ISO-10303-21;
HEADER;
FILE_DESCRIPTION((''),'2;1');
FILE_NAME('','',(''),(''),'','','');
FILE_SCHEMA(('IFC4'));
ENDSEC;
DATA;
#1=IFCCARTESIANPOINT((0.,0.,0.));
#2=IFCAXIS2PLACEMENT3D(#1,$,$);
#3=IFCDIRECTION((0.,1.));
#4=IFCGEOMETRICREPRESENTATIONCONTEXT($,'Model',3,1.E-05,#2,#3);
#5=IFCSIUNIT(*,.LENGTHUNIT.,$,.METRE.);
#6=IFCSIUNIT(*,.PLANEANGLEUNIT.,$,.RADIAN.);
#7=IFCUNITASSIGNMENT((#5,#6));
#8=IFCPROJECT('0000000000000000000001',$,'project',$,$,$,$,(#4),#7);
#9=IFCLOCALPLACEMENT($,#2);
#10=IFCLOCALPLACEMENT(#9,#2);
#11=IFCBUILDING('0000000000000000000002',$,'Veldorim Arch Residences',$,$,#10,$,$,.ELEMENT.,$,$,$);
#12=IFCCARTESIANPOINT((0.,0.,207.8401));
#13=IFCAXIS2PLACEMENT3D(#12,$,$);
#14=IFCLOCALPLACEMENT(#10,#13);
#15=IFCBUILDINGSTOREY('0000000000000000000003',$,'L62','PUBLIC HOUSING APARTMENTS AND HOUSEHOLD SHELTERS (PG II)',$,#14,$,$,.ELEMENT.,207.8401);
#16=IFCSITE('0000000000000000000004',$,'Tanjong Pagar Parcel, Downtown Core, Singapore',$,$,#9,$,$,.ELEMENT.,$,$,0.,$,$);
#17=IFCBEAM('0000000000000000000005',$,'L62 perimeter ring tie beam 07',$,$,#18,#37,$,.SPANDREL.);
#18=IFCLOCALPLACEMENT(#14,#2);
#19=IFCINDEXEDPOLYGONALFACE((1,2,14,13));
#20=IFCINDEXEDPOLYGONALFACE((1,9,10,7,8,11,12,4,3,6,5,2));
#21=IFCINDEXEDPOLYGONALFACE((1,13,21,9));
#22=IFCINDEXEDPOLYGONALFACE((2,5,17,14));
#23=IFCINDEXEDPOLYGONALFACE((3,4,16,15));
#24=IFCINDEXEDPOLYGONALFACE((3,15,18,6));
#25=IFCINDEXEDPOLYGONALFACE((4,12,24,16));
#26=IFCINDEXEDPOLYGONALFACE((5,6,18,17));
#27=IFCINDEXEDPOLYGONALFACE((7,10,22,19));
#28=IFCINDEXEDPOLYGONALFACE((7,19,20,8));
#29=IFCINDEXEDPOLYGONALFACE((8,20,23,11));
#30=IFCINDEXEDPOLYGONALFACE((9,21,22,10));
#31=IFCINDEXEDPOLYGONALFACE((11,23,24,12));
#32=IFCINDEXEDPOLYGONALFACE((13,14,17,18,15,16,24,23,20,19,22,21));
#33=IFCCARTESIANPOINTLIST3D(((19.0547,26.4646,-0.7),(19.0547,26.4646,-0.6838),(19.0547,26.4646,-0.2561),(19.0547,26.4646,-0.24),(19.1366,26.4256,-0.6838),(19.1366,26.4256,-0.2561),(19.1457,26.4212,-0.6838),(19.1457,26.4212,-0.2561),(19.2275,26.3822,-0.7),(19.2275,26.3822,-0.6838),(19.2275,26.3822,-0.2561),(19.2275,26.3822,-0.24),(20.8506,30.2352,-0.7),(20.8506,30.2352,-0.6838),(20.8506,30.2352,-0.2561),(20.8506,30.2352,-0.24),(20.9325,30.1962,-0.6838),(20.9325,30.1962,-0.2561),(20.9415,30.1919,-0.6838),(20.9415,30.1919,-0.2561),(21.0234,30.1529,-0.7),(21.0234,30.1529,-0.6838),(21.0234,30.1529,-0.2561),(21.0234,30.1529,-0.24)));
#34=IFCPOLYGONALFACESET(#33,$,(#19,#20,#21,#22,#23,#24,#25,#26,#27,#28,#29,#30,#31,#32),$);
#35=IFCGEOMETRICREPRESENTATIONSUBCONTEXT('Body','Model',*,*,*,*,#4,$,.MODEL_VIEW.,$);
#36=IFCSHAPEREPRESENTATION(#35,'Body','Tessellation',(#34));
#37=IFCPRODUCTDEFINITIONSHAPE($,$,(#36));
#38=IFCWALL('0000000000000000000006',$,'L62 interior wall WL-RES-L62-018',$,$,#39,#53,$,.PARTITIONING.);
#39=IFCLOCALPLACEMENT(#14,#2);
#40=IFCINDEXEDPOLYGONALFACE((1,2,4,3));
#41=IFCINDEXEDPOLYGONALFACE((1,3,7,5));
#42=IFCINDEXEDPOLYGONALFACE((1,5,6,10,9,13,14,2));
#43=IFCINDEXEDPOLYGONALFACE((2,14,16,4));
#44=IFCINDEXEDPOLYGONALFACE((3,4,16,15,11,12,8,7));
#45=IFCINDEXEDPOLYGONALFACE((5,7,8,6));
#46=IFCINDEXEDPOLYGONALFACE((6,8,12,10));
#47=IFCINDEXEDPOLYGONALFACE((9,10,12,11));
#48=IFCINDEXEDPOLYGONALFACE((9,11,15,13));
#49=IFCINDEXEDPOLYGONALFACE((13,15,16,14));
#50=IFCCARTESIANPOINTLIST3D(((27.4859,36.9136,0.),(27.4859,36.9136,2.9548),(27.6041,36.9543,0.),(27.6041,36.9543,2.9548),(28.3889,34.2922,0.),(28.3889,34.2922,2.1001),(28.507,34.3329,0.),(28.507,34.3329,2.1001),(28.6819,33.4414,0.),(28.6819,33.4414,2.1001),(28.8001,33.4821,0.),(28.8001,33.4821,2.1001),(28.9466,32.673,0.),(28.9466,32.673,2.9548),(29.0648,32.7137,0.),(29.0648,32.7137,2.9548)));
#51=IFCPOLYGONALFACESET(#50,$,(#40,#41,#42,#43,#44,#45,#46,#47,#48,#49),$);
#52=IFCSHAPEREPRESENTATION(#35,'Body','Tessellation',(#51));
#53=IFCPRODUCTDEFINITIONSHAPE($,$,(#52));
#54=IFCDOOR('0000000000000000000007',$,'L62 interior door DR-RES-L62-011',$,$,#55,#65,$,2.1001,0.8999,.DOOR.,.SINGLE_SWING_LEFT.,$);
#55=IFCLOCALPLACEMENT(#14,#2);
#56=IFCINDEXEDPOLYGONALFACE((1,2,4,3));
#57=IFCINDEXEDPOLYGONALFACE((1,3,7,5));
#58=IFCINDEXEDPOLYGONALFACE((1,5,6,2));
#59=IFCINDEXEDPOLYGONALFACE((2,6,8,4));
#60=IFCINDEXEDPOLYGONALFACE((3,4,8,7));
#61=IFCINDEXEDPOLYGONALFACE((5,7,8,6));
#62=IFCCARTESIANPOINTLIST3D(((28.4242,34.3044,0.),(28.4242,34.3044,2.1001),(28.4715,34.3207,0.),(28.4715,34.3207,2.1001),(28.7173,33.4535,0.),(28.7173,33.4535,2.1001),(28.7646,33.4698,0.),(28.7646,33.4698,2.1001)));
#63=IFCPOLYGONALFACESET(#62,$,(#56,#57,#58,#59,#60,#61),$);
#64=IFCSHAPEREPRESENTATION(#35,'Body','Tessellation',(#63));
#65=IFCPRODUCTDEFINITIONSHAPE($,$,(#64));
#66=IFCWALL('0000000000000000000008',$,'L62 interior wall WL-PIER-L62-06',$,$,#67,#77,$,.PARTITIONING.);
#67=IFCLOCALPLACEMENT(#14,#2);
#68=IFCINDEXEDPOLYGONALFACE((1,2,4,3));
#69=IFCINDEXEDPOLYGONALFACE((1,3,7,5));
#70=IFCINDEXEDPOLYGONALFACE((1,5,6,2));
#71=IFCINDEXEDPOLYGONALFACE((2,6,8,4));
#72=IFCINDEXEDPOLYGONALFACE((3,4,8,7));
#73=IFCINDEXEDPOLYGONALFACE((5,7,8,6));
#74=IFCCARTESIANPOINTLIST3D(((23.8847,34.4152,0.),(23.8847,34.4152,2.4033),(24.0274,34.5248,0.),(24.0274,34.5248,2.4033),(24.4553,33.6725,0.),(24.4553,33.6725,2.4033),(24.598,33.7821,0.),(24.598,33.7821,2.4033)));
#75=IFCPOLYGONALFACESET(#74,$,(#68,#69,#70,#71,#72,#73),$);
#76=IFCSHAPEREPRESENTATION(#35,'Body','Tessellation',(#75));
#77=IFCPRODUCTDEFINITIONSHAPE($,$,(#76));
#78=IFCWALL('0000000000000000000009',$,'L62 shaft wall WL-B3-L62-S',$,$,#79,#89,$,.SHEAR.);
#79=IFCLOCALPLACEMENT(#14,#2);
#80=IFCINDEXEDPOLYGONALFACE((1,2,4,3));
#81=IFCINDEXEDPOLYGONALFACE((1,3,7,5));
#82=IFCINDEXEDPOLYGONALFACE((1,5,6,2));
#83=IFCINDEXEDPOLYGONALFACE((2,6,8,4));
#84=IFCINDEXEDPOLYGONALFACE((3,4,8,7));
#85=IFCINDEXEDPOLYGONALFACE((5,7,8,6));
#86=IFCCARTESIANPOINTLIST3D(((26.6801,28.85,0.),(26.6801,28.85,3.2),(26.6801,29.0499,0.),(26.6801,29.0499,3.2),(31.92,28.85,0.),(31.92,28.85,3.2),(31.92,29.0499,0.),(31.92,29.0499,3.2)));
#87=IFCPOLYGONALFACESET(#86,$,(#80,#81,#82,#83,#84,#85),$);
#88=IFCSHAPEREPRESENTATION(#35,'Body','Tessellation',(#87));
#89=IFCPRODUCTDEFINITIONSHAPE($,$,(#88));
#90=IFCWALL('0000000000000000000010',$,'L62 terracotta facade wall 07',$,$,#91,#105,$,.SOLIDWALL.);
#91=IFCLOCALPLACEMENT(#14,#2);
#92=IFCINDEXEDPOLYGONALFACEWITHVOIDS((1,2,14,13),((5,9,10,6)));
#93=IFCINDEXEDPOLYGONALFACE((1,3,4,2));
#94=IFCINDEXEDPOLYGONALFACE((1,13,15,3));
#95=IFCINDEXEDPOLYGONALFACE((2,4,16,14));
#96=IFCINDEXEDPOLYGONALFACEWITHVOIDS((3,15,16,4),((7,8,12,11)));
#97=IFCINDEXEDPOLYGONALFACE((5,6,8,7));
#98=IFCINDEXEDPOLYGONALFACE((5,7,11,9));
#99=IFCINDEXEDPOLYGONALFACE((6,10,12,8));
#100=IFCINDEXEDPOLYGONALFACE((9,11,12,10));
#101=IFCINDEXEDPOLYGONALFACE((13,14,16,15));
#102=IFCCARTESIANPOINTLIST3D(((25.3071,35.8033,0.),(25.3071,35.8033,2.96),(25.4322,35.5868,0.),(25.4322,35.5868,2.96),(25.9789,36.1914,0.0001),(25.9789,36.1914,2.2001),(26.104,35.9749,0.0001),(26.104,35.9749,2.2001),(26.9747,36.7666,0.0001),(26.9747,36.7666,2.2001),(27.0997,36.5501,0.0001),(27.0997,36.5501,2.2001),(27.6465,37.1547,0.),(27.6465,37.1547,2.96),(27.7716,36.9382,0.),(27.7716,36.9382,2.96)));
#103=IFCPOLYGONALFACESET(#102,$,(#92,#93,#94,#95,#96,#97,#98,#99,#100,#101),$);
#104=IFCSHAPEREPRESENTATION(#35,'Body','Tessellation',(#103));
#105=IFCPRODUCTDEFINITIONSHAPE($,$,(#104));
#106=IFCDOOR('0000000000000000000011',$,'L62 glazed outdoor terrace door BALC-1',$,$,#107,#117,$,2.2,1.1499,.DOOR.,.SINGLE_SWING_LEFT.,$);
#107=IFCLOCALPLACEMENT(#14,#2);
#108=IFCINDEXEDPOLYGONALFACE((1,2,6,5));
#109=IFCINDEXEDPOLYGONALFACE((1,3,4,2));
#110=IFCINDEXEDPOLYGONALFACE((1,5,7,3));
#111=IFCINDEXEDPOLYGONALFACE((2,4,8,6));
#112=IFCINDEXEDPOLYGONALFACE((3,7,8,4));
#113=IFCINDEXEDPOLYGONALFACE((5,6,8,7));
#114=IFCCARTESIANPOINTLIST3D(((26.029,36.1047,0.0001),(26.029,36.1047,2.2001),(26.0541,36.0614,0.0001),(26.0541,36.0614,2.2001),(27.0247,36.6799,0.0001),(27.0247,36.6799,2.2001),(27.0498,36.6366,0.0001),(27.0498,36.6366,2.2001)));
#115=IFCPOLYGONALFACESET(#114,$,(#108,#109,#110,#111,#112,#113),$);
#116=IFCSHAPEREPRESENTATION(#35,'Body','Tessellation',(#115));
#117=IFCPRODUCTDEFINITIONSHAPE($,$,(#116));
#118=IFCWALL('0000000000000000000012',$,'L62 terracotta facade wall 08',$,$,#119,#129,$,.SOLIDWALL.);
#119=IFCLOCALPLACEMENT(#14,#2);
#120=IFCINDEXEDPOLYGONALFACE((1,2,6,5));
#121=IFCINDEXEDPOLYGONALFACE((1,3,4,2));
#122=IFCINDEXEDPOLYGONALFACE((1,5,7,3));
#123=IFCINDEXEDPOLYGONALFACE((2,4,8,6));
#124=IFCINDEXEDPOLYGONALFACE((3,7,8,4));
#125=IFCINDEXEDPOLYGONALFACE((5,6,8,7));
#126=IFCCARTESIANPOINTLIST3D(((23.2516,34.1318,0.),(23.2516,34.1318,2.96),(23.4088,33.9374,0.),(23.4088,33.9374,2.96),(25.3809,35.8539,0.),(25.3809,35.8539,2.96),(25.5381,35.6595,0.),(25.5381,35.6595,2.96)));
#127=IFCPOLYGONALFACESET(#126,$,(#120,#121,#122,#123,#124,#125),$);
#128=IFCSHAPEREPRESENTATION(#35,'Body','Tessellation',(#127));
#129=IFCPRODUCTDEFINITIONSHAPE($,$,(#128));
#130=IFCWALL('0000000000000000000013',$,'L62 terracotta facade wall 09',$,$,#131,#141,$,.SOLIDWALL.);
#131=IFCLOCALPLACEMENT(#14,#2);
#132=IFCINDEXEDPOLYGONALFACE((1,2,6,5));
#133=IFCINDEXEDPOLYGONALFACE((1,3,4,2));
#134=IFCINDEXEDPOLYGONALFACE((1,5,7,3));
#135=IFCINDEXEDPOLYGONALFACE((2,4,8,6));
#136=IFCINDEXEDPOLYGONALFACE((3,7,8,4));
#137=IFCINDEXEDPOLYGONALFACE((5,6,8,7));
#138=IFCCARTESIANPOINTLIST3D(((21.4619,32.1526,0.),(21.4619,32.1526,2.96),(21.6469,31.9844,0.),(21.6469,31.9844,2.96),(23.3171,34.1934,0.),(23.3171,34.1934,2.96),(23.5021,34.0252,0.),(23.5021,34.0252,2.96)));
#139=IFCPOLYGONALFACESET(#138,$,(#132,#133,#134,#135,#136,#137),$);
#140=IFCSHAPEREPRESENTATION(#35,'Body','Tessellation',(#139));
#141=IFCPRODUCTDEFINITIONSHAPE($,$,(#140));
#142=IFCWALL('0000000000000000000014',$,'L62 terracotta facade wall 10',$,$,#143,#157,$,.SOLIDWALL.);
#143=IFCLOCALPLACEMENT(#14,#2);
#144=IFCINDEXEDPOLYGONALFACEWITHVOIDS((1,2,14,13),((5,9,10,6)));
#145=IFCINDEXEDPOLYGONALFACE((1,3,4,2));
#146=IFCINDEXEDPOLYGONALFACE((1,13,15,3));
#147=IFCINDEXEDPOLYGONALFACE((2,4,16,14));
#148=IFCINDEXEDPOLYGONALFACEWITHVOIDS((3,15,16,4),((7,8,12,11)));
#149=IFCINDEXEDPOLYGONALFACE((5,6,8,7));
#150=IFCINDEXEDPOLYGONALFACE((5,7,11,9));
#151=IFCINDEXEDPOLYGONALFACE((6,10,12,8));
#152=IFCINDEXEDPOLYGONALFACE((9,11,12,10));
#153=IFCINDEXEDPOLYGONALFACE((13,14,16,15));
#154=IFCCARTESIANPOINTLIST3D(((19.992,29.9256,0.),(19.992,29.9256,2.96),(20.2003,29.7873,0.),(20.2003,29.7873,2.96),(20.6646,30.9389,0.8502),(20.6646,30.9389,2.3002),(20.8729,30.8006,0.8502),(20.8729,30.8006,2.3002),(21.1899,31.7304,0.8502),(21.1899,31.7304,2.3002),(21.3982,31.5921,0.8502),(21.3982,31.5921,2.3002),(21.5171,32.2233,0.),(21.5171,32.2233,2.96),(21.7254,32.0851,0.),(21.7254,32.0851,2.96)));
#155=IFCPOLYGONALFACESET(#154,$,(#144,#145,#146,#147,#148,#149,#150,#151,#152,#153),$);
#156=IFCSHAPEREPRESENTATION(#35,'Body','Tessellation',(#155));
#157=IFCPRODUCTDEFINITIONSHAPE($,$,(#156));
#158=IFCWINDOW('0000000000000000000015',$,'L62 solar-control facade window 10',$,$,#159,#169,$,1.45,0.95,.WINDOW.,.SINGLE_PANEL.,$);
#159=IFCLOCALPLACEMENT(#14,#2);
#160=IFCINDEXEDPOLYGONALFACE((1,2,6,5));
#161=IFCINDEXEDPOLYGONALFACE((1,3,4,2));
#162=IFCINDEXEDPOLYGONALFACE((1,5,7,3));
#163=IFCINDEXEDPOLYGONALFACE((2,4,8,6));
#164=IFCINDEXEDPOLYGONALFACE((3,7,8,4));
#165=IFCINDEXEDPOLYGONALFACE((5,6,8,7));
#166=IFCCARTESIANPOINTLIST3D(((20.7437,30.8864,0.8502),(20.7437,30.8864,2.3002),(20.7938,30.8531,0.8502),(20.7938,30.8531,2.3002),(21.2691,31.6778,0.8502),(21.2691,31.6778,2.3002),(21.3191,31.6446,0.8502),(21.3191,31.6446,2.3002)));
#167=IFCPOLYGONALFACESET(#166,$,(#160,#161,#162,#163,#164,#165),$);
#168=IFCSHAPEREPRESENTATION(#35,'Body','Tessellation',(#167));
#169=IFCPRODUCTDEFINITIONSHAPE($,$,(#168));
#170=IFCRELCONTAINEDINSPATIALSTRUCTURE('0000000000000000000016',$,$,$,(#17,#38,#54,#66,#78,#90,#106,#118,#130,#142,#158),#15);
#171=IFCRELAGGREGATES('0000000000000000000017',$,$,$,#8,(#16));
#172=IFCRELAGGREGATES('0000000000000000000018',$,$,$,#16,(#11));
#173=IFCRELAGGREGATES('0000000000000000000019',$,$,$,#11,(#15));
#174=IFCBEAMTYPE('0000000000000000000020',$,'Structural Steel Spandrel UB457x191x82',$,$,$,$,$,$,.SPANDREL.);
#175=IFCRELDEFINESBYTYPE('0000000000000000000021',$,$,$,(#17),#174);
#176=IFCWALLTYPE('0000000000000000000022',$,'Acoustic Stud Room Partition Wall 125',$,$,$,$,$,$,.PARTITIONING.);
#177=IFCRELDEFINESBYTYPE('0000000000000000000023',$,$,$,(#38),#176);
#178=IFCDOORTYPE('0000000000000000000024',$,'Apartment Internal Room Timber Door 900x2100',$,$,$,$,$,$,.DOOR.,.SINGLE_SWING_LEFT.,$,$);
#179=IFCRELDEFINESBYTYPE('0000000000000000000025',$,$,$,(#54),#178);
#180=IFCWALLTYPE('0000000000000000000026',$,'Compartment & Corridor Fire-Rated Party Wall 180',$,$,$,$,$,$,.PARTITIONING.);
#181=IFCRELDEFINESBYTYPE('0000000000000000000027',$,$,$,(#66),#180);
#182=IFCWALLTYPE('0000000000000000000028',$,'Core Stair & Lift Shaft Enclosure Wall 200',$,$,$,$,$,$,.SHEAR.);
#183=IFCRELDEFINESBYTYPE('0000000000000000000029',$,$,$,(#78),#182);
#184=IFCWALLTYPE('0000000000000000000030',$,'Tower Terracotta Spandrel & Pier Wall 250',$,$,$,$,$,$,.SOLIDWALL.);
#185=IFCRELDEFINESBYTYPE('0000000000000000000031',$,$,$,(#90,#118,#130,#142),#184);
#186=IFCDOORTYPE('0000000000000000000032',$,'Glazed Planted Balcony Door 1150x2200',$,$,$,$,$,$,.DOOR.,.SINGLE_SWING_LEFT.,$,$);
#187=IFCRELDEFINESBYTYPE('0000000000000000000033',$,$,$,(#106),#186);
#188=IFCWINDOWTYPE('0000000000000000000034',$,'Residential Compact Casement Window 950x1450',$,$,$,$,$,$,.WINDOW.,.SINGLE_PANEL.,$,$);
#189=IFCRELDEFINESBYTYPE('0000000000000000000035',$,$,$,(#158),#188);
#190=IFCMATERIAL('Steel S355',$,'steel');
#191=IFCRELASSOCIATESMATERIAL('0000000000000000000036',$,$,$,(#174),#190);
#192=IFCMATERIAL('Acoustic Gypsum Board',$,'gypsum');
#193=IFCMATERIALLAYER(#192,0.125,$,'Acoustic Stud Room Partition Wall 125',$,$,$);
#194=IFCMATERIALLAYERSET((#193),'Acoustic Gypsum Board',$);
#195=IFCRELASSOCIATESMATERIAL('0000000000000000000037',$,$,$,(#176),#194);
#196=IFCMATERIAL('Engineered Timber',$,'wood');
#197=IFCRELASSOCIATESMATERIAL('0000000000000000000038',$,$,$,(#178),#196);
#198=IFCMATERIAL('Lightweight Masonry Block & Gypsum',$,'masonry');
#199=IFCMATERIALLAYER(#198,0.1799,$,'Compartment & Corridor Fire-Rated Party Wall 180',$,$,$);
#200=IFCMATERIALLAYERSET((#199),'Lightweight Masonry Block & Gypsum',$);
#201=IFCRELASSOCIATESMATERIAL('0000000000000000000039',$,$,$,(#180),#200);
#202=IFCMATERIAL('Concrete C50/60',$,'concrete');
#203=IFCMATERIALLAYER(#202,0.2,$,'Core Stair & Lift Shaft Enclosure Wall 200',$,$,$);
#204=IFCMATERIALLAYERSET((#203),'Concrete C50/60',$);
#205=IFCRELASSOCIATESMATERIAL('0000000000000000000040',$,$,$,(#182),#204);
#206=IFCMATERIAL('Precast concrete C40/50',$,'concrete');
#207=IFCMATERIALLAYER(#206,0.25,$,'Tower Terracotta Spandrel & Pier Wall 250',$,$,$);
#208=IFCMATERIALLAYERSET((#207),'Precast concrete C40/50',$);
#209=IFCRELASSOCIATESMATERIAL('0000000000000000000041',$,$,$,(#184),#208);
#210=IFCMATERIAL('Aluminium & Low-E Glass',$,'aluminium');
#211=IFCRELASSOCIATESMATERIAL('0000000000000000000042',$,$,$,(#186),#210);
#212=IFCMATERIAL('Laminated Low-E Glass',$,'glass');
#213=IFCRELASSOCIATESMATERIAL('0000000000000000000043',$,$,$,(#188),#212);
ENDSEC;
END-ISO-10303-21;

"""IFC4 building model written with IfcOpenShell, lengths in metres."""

from ifc_helpers import new_model, si_unit, direction, frame, frame_2d, origin, origin_2d, place, context, subcontext, project, spatial, rectangle, i_section, extrude, material, layer, layer_set, material_profile, profile_set, type_object, element, fill, save


model = new_model("IFC4")

# Units and contexts
model_context = context("Model", 3, precision=1e-05, world=origin(), true_north=direction((0.0, 1.0)))
body_context = subcontext(model_context, "Body", "Model", "MODEL_VIEW")
ifc_project = project(units=[si_unit("LENGTHUNIT", "METRE"), si_unit("PLANEANGLEUNIT", "RADIAN")], contexts=[model_context])

# Site, building, storey
site_placement = place(None, origin())
site = spatial("IfcSite", under=ifc_project, at=site_placement, Name="Tanjong Pagar Parcel, Downtown Core, Singapore", CompositionType="ELEMENT", RefElevation=0.0)
building_placement = place(site_placement, origin())
building = spatial("IfcBuilding", under=site, at=building_placement, Name="Veldorim Arch Residences", CompositionType="ELEMENT")
storey_placement = place(building_placement, frame((0.0, 0.0, 207.8401)))
storey = spatial("IfcBuildingStorey", under=building, at=storey_placement, Name="L62", Description="PUBLIC HOUSING APARTMENTS AND HOUSEHOLD SHELTERS (PG II)", CompositionType="ELEMENT", Elevation=207.8401)

# Beam
ifc_material_1 = material(Name="Steel S355", Category="steel")
ifc_material_profile_1 = material_profile(ifc_material_1, i_section(OverallWidth=0.1914, OverallDepth=0.46, WebThickness=0.01, FlangeThickness=0.0161, at=origin_2d()), Name="UB457x191x82")
ifc_profile_set_1 = profile_set([ifc_material_profile_1], Name="Steel S355")
beam_type_1 = type_object("IfcBeamType", Name="Structural Steel Spandrel UB457x191x82", PredefinedType="SPANDREL", material=ifc_profile_set_1)
beam_1_placement = place(storey_placement, frame((20.937, 30.1941, -0.47), z_axis=(-0.429993, -0.902832, 0.0), x_axis=(0.902832, -0.429993, 0.0)))
element("IfcBeam", 1, at=beam_1_placement, inside=storey, type_object=beam_type_1, Name="L62 perimeter ring tie beam 07", PredefinedType="SPANDREL", context=body_context, shape_type="SweptSolid", body=[
    extrude(i_section(OverallWidth=0.1914, OverallDepth=0.46, WebThickness=0.01, FlangeThickness=0.0161, at=origin_2d()), origin(), (0.0, 0.0, 1.0), 4.1765),
])

# Wall, opening, door
ifc_material_2 = material(Name="Acoustic Gypsum Board", Category="gypsum")
ifc_layer_1 = layer(ifc_material_2, 0.125, Name="Acoustic Stud Room Partition Wall 125")
ifc_layer_set_1 = layer_set([ifc_layer_1], Name="Acoustic Gypsum Board")
wall_type_1 = type_object("IfcWallType", Name="Acoustic Stud Room Partition Wall 125", PredefinedType="PARTITIONING", material=ifc_layer_set_1)
wall_1_placement = place(storey_placement, frame((27.5449, 36.9341, 0.0), z_axis=(0.0, 0.0, 1.0), x_axis=(0.325684, -0.945479, 0.0)))
wall_1 = element("IfcWall", 2, at=wall_1_placement, inside=storey, type_object=wall_type_1, Name="L62 interior wall WL-RES-L62-018", PredefinedType="PARTITIONING", context=body_context, shape_type="SweptSolid", body=[
    extrude(rectangle(XDim=4.4851, YDim=0.125, at=frame_2d((2.2427, 0.0))), origin(), (0.0, 0.0, 1.0), 2.9548),
])
opening_1_placement = place(wall_1_placement, frame((2.7727, 0.0, 0.0)))
opening_1 = element("IfcOpeningElement", 3, at=opening_1_placement, cuts=wall_1, PredefinedType="OPENING", context=body_context, shape_type="SweptSolid", body=[
    extrude(rectangle(XDim=0.8999, YDim=2.1001, at=frame_2d((0.45, 1.05))), frame((0.0, 0.0725, 0.0), z_axis=(0.0, -1.0, 0.0), x_axis=(1.0, 0.0, 0.0)), (0.0, 0.0, 1.0), 0.145),
])
ifc_material_3 = material(Name="Engineered Timber", Category="wood")
door_type_1 = type_object("IfcDoorType", Name="Apartment Internal Room Timber Door 900x2100", OperationType="SINGLE_SWING_LEFT", PredefinedType="DOOR", material=ifc_material_3)
door_1_placement = place(opening_1_placement, origin())
door_1 = element("IfcDoor", 4, at=door_1_placement, inside=storey, type_object=door_type_1, Name="L62 interior door DR-RES-L62-011", OperationType="SINGLE_SWING_LEFT", OverallHeight=2.1001, OverallWidth=0.8999, PredefinedType="DOOR", context=body_context, shape_type="SweptSolid", body=[
    extrude(rectangle(XDim=0.8999, YDim=2.1001, at=frame_2d((0.45, 1.05))), frame((0.0, 0.0249, 0.0), z_axis=(0.0, -1.0, 0.0), x_axis=(1.0, 0.0, 0.0)), (0.0, 0.0, 1.0), 0.05),
])
fill(opening_1, door_1)

# Wall
ifc_material_4 = material(Name="Lightweight Masonry Block & Gypsum", Category="masonry")
ifc_layer_2 = layer(ifc_material_4, 0.1799, Name="Compartment & Corridor Fire-Rated Party Wall 180")
ifc_layer_set_2 = layer_set([ifc_layer_2], Name="Lightweight Masonry Block & Gypsum")
wall_type_2 = type_object("IfcWallType", Name="Compartment & Corridor Fire-Rated Party Wall 180", PredefinedType="PARTITIONING", material=ifc_layer_set_2)
wall_2_placement = place(storey_placement, frame((24.5266, 33.7273, 0.0), z_axis=(0.0, 0.0, 1.0), x_axis=(-0.609219, 0.793002, 0.0)))
element("IfcWall", 5, at=wall_2_placement, inside=storey, type_object=wall_type_2, Name="L62 interior wall WL-PIER-L62-06", PredefinedType="PARTITIONING", context=body_context, shape_type="SweptSolid", body=[
    extrude(rectangle(XDim=0.9365, YDim=0.1799, at=frame_2d((0.4683, 0.0))), origin(), (0.0, 0.0, 1.0), 2.4033),
])

# Wall
ifc_material_5 = material(Name="Concrete C50/60", Category="concrete")
ifc_layer_3 = layer(ifc_material_5, 0.2, Name="Core Stair & Lift Shaft Enclosure Wall 200")
ifc_layer_set_3 = layer_set([ifc_layer_3], Name="Concrete C50/60")
wall_type_3 = type_object("IfcWallType", Name="Core Stair & Lift Shaft Enclosure Wall 200", PredefinedType="SHEAR", material=ifc_layer_set_3)
wall_3_placement = place(storey_placement, frame((26.6799, 28.95, 0.0), z_axis=(0.0, 0.0, 1.0), x_axis=(1.0, 0.0, 0.0)))
element("IfcWall", 6, at=wall_3_placement, inside=storey, type_object=wall_type_3, Name="L62 shaft wall WL-B3-L62-S", PredefinedType="SHEAR", context=body_context, shape_type="SweptSolid", body=[
    extrude(rectangle(XDim=5.24, YDim=0.2, at=frame_2d((2.6201, 0.0))), origin(), (0.0, 0.0, 1.0), 3.2),
])

# Wall, opening, door
ifc_material_6 = material(Name="Precast concrete C40/50", Category="concrete")
ifc_layer_4 = layer(ifc_material_6, 0.25, Name="Tower Terracotta Spandrel & Pier Wall 250")
ifc_layer_set_4 = layer_set([ifc_layer_4], Name="Precast concrete C40/50")
wall_type_4 = type_object("IfcWallType", Name="Tower Terracotta Spandrel & Pier Wall 250", PredefinedType="SOLIDWALL", material=ifc_layer_set_4)
wall_4_placement = place(storey_placement, frame((25.3696, 35.6951, 0.0), z_axis=(0.0, 0.0, 1.0), x_axis=(0.865915, 0.500192, 0.0)))
wall_4 = element("IfcWall", 7, at=wall_4_placement, inside=storey, type_object=wall_type_4, Name="L62 terracotta facade wall 07", PredefinedType="SOLIDWALL", context=body_context, shape_type="SweptSolid", body=[
    extrude(rectangle(XDim=2.7017, YDim=0.25, at=frame_2d((1.3508, 0.0))), origin(), (0.0, 0.0, 1.0), 2.96),
])
opening_2_placement = place(wall_4_placement, frame((0.7759, 0.0, 0.0)))
opening_2 = element("IfcOpeningElement", 8, at=opening_2_placement, cuts=wall_4, PredefinedType="OPENING", context=body_context, shape_type="SweptSolid", body=[
    extrude(rectangle(XDim=1.1499, YDim=2.2, at=frame_2d((0.575, 1.1001))), frame((0.0, 0.135, 0.0), z_axis=(0.0, -1.0, 0.0), x_axis=(1.0, 0.0, 0.0)), (0.0, 0.0, 1.0), 0.27),
])
ifc_material_7 = material(Name="Aluminium & Low-E Glass", Category="aluminium")
door_type_2 = type_object("IfcDoorType", Name="Glazed Planted Balcony Door 1150x2200", OperationType="SINGLE_SWING_LEFT", PredefinedType="DOOR", material=ifc_material_7)
door_2_placement = place(opening_2_placement, origin())
door_2 = element("IfcDoor", 9, at=door_2_placement, inside=storey, type_object=door_type_2, Name="L62 glazed outdoor terrace door BALC-1", OperationType="SINGLE_SWING_LEFT", OverallHeight=2.2, OverallWidth=1.1499, PredefinedType="DOOR", context=body_context, shape_type="SweptSolid", body=[
    extrude(rectangle(XDim=1.1499, YDim=2.2, at=frame_2d((0.575, 1.1001))), frame((0.0, 0.0249, 0.0), z_axis=(0.0, -1.0, 0.0), x_axis=(1.0, 0.0, 0.0)), (0.0, 0.0, 1.0), 0.05),
])
fill(opening_2, door_2)

# Walls
wall_5_placement = place(storey_placement, frame((23.3303, 34.0347, 0.0), z_axis=(0.0, 0.0, 1.0), x_axis=(0.777535, 0.628839, 0.0)))
element("IfcWall", 10, at=wall_5_placement, inside=storey, type_object=wall_type_4, Name="L62 terracotta facade wall 08", PredefinedType="SOLIDWALL", context=body_context, shape_type="SweptSolid", body=[
    extrude(rectangle(XDim=2.7385, YDim=0.25, at=frame_2d((1.3691, 0.0))), origin(), (0.0, 0.0, 1.0), 2.96),
])
wall_6_placement = place(storey_placement, frame((21.5544, 32.0686, 0.0), z_axis=(0.0, 0.0, 1.0), x_axis=(0.672668, 0.739944, 0.0)))
element("IfcWall", 11, at=wall_6_placement, inside=storey, type_object=wall_type_4, Name="L62 terracotta facade wall 09", PredefinedType="SOLIDWALL", context=body_context, shape_type="SweptSolid", body=[
    extrude(rectangle(XDim=2.7581, YDim=0.25, at=frame_2d((1.3789, 0.0))), origin(), (0.0, 0.0, 1.0), 2.96),
])

# Wall, opening, window
wall_7_placement = place(storey_placement, frame((20.0962, 29.8564, 0.0), z_axis=(0.0, 0.0, 1.0), x_axis=(0.553003, 0.833179, 0.0)))
wall_7 = element("IfcWall", 12, at=wall_7_placement, inside=storey, type_object=wall_type_4, Name="L62 terracotta facade wall 10", PredefinedType="SOLIDWALL", context=body_context, shape_type="SweptSolid", body=[
    extrude(rectangle(XDim=2.7578, YDim=0.25, at=frame_2d((1.3789, 0.0))), origin(), (0.0, 0.0, 1.0), 2.96),
])
opening_3_placement = place(wall_7_placement, frame((1.2161, 0.0, 0.8501)))
opening_3 = element("IfcOpeningElement", 13, at=opening_3_placement, cuts=wall_7, PredefinedType="OPENING", context=body_context, shape_type="SweptSolid", body=[
    extrude(rectangle(XDim=0.95, YDim=1.45, at=frame_2d((0.4751, 0.7251))), frame((0.0, 0.135, 0.0), z_axis=(0.0, -1.0, 0.0), x_axis=(1.0, 0.0, 0.0)), (0.0, 0.0, 1.0), 0.27),
])
ifc_material_8 = material(Name="Laminated Low-E Glass", Category="glass")
window_type = type_object("IfcWindowType", Name="Residential Compact Casement Window 950x1450", PartitioningType="SINGLE_PANEL", PredefinedType="WINDOW", material=ifc_material_8)
window_placement = place(opening_3_placement, origin())
window = element("IfcWindow", 14, at=window_placement, inside=storey, type_object=window_type, Name="L62 solar-control facade window 10", OverallHeight=1.45, OverallWidth=0.95, PartitioningType="SINGLE_PANEL", PredefinedType="WINDOW", context=body_context, shape_type="SweptSolid", body=[
    extrude(rectangle(XDim=0.95, YDim=1.45, at=frame_2d((0.4751, 0.7251))), frame((0.0, 0.03, 0.0), z_axis=(0.0, -1.0, 0.0), x_axis=(1.0, 0.0, 0.0)), (0.0, 0.0, 1.0), 0.0601),
])
fill(opening_3, window)

save(model, "model.ifc")
